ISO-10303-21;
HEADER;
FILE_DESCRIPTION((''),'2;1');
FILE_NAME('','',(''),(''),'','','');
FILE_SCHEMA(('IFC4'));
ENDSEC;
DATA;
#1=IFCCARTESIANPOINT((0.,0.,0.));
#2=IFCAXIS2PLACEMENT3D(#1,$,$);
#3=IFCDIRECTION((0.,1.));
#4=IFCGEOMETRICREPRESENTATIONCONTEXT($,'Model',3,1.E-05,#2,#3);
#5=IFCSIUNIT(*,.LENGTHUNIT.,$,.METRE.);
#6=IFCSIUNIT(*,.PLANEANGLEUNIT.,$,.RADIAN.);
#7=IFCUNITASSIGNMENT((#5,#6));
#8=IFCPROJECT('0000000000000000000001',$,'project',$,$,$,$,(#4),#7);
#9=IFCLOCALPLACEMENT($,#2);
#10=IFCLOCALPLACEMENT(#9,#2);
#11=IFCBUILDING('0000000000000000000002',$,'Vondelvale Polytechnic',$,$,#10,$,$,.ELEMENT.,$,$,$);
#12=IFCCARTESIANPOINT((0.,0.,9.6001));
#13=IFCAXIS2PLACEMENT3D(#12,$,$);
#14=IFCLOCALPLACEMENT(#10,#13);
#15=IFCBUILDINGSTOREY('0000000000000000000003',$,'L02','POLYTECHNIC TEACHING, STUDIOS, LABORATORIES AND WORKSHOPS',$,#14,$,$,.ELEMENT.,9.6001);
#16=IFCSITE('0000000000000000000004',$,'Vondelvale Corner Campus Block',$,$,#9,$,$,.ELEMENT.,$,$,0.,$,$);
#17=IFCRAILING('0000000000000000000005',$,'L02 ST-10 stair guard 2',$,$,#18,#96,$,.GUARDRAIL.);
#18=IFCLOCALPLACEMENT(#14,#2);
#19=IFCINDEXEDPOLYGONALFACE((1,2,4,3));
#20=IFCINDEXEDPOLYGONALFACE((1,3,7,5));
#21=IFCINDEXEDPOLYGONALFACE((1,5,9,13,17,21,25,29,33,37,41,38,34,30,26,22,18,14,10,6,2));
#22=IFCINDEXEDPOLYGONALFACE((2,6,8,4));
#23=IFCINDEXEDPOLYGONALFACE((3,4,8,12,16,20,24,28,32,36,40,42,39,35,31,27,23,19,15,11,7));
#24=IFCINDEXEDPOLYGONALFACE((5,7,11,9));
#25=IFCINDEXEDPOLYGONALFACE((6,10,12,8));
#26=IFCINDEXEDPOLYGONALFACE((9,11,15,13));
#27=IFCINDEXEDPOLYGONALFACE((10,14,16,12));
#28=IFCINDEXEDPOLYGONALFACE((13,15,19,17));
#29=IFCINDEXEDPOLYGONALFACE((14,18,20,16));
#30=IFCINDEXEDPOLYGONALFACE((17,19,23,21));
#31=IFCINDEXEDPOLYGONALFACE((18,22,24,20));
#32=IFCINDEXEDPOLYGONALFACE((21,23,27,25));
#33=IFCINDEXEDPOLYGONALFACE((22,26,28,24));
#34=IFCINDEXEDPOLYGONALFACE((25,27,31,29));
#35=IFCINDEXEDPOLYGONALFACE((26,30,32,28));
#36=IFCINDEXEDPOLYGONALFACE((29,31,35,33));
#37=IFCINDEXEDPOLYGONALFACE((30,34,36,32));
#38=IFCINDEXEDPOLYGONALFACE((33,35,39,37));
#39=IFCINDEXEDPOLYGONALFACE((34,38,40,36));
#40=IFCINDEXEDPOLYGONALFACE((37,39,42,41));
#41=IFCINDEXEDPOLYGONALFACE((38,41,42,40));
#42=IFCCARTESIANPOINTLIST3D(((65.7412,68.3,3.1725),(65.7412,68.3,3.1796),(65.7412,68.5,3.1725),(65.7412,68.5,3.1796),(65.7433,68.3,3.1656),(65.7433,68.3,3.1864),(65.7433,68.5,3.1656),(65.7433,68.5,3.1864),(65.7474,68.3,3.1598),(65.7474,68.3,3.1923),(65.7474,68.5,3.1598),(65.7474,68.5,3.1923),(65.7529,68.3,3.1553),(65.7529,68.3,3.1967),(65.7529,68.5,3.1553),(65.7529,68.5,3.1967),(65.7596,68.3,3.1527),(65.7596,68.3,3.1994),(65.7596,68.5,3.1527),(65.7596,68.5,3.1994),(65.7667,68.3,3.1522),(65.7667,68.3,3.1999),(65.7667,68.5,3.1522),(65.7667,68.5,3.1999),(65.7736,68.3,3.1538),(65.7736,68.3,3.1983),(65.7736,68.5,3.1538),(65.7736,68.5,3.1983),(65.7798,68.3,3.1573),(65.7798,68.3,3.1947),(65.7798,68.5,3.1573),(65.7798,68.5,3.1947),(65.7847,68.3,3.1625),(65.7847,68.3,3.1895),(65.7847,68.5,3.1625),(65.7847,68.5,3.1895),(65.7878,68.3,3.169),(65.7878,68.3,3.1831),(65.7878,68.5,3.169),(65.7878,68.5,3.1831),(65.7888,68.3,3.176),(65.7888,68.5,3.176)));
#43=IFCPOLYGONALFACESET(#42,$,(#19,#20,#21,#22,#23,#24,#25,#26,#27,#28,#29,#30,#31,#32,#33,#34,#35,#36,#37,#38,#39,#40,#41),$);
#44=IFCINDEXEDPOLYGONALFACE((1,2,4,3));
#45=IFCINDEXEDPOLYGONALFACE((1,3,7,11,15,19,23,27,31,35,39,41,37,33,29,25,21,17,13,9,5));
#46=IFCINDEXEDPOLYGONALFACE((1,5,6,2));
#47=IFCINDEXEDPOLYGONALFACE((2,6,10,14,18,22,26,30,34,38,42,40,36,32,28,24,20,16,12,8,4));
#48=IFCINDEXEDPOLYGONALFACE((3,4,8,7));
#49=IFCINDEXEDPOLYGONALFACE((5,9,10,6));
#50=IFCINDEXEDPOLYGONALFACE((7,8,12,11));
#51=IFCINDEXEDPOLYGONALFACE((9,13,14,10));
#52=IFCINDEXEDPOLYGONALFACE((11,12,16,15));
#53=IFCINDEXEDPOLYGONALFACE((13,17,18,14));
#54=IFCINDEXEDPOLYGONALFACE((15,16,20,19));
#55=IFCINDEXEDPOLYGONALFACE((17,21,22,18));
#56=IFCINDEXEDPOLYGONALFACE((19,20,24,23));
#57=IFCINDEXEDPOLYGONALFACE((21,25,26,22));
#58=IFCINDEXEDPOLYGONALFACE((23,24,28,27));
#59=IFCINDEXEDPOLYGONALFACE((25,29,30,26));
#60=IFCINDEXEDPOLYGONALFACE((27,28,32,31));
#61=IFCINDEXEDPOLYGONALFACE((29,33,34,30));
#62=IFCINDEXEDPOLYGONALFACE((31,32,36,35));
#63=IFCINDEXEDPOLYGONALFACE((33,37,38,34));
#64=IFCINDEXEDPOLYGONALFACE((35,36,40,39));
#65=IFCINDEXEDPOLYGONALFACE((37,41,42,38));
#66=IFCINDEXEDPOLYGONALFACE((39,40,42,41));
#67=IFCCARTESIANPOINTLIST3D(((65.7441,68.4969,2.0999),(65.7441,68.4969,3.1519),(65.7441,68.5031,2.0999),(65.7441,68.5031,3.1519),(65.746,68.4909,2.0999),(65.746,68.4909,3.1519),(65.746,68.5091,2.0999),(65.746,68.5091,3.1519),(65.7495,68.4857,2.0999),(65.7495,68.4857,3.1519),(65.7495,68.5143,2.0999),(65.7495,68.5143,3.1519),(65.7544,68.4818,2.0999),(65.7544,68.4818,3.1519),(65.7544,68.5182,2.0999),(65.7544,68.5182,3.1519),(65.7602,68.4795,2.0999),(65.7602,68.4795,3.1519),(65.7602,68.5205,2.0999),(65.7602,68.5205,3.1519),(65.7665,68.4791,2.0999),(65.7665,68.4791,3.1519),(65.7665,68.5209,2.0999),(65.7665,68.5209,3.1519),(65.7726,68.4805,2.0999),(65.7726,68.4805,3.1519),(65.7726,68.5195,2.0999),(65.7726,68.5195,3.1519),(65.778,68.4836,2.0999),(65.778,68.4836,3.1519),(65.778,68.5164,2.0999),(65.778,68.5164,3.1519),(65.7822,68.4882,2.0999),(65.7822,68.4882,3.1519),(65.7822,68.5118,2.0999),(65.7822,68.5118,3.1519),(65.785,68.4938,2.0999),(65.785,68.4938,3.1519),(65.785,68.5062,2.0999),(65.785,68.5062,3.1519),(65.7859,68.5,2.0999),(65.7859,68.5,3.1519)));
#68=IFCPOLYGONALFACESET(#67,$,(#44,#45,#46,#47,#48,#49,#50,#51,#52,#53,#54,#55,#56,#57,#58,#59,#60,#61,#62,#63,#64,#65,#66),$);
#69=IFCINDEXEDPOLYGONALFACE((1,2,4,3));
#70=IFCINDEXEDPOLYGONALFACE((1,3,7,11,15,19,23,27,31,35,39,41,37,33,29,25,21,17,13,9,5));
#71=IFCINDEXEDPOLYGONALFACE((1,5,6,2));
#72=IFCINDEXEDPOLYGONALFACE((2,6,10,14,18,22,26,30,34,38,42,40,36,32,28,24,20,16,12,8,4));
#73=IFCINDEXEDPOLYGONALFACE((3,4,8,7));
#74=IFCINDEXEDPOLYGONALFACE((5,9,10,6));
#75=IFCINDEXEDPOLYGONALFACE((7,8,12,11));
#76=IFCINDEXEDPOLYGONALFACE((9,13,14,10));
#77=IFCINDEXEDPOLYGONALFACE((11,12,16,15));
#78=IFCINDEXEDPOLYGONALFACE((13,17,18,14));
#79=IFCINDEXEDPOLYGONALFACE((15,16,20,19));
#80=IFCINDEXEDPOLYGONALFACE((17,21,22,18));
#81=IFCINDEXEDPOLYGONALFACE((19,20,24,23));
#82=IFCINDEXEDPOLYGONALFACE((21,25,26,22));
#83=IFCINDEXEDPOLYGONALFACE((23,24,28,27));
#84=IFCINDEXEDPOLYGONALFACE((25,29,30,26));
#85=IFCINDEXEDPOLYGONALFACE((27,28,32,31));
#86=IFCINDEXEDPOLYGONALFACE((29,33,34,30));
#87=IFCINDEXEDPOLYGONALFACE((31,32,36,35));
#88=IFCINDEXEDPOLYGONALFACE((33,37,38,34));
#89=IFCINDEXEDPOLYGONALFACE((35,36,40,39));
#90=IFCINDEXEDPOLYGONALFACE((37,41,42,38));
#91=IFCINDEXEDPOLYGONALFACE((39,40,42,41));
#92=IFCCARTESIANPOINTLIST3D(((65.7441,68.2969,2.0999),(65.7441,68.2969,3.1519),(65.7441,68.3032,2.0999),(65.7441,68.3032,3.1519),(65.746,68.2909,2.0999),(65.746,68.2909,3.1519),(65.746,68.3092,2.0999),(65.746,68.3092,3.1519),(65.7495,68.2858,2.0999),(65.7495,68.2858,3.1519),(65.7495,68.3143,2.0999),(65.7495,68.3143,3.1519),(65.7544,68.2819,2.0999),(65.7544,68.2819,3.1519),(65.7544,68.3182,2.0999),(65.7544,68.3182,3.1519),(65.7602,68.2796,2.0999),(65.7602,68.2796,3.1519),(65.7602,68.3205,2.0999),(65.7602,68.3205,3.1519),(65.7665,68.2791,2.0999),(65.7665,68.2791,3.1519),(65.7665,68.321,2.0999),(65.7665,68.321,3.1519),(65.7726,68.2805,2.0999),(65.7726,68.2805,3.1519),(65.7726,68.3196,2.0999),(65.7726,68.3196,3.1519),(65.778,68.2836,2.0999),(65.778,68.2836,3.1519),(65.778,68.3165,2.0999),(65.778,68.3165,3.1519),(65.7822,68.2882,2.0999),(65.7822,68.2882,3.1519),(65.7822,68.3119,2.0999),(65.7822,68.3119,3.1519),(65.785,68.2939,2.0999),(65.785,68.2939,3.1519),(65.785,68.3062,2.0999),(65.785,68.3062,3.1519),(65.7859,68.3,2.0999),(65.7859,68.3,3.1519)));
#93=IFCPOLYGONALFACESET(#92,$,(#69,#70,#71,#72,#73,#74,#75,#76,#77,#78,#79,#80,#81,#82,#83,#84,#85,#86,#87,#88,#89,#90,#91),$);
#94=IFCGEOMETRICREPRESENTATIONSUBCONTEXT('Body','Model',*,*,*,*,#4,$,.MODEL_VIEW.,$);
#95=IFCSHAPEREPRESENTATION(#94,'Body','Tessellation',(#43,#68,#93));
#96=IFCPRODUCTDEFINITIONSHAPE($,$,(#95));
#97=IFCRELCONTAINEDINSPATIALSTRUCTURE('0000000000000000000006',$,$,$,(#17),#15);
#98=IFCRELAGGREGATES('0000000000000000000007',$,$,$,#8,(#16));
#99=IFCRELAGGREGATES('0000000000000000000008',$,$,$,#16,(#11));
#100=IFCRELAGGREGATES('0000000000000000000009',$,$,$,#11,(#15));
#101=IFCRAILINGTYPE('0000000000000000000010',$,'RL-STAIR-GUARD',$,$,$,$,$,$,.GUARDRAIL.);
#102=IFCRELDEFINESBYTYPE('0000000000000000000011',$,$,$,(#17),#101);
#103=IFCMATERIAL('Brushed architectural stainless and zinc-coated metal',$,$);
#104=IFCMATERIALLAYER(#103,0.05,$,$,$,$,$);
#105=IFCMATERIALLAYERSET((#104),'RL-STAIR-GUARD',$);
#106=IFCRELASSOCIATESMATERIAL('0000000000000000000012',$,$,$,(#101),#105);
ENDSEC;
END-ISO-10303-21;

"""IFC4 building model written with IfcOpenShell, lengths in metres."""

from ifc_helpers import new_model, si_unit, direction, frame, origin, origin_2d, place, context, subcontext, project, spatial, circle, extrude, material, layer, layer_set, type_object, element, save


model = new_model("IFC4")

# Units and contexts
model_context = context("Model", 3, precision=1e-05, world=origin(), true_north=direction((0.0, 1.0)))
body_context = subcontext(model_context, "Body", "Model", "MODEL_VIEW")
ifc_project = project(units=[si_unit("LENGTHUNIT", "METRE"), si_unit("PLANEANGLEUNIT", "RADIAN")], contexts=[model_context])

# Site, building, storey
site_placement = place(None, origin())
site = spatial("IfcSite", under=ifc_project, at=site_placement, Name="Vondelvale Corner Campus Block", CompositionType="ELEMENT", RefElevation=0.0)
building_placement = place(site_placement, origin())
building = spatial("IfcBuilding", under=site, at=building_placement, Name="Vondelvale Polytechnic", CompositionType="ELEMENT")
storey_placement = place(building_placement, frame((0.0, 0.0, 9.6001)))
storey = spatial("IfcBuildingStorey", under=building, at=storey_placement, Name="L02", Description="POLYTECHNIC TEACHING, STUDIOS, LABORATORIES AND WORKSHOPS", CompositionType="ELEMENT", Elevation=9.6001)

# Railing
ifc_material_1 = material(Name="Brushed architectural stainless and zinc-coated metal")
ifc_layer_1 = layer(ifc_material_1, 0.05)
ifc_layer_set_1 = layer_set([ifc_layer_1], Name="RL-STAIR-GUARD")
railing_type_1 = type_object("IfcRailingType", Name="RL-STAIR-GUARD", PredefinedType="GUARDRAIL", material=ifc_layer_set_1)
railing_1_placement = place(storey_placement, frame((65.7649, 68.5, 2.0999)))
element("IfcRailing", 1, at=railing_1_placement, inside=storey, type_object=railing_type_1, Name="L02 ST-10 stair guard 2", PredefinedType="GUARDRAIL", context=body_context, shape_type="SweptSolid", body=[
    extrude(circle(Radius=0.0239, at=origin_2d()), frame((0.0, 0.0, 1.0762), z_axis=(0.0, -1.0, 0.0), x_axis=(1.0, 0.0, 0.0)), (0.0, 0.0, 1.0), 0.2),
    extrude(circle(Radius=0.021, at=origin_2d()), origin(), (0.0, 0.0, 1.0), 1.052),
    extrude(circle(Radius=0.021, at=origin_2d()), frame((0.0, -0.2, 0.0)), (0.0, 0.0, 1.0), 1.052),
])

save(model, "model.ifc")
